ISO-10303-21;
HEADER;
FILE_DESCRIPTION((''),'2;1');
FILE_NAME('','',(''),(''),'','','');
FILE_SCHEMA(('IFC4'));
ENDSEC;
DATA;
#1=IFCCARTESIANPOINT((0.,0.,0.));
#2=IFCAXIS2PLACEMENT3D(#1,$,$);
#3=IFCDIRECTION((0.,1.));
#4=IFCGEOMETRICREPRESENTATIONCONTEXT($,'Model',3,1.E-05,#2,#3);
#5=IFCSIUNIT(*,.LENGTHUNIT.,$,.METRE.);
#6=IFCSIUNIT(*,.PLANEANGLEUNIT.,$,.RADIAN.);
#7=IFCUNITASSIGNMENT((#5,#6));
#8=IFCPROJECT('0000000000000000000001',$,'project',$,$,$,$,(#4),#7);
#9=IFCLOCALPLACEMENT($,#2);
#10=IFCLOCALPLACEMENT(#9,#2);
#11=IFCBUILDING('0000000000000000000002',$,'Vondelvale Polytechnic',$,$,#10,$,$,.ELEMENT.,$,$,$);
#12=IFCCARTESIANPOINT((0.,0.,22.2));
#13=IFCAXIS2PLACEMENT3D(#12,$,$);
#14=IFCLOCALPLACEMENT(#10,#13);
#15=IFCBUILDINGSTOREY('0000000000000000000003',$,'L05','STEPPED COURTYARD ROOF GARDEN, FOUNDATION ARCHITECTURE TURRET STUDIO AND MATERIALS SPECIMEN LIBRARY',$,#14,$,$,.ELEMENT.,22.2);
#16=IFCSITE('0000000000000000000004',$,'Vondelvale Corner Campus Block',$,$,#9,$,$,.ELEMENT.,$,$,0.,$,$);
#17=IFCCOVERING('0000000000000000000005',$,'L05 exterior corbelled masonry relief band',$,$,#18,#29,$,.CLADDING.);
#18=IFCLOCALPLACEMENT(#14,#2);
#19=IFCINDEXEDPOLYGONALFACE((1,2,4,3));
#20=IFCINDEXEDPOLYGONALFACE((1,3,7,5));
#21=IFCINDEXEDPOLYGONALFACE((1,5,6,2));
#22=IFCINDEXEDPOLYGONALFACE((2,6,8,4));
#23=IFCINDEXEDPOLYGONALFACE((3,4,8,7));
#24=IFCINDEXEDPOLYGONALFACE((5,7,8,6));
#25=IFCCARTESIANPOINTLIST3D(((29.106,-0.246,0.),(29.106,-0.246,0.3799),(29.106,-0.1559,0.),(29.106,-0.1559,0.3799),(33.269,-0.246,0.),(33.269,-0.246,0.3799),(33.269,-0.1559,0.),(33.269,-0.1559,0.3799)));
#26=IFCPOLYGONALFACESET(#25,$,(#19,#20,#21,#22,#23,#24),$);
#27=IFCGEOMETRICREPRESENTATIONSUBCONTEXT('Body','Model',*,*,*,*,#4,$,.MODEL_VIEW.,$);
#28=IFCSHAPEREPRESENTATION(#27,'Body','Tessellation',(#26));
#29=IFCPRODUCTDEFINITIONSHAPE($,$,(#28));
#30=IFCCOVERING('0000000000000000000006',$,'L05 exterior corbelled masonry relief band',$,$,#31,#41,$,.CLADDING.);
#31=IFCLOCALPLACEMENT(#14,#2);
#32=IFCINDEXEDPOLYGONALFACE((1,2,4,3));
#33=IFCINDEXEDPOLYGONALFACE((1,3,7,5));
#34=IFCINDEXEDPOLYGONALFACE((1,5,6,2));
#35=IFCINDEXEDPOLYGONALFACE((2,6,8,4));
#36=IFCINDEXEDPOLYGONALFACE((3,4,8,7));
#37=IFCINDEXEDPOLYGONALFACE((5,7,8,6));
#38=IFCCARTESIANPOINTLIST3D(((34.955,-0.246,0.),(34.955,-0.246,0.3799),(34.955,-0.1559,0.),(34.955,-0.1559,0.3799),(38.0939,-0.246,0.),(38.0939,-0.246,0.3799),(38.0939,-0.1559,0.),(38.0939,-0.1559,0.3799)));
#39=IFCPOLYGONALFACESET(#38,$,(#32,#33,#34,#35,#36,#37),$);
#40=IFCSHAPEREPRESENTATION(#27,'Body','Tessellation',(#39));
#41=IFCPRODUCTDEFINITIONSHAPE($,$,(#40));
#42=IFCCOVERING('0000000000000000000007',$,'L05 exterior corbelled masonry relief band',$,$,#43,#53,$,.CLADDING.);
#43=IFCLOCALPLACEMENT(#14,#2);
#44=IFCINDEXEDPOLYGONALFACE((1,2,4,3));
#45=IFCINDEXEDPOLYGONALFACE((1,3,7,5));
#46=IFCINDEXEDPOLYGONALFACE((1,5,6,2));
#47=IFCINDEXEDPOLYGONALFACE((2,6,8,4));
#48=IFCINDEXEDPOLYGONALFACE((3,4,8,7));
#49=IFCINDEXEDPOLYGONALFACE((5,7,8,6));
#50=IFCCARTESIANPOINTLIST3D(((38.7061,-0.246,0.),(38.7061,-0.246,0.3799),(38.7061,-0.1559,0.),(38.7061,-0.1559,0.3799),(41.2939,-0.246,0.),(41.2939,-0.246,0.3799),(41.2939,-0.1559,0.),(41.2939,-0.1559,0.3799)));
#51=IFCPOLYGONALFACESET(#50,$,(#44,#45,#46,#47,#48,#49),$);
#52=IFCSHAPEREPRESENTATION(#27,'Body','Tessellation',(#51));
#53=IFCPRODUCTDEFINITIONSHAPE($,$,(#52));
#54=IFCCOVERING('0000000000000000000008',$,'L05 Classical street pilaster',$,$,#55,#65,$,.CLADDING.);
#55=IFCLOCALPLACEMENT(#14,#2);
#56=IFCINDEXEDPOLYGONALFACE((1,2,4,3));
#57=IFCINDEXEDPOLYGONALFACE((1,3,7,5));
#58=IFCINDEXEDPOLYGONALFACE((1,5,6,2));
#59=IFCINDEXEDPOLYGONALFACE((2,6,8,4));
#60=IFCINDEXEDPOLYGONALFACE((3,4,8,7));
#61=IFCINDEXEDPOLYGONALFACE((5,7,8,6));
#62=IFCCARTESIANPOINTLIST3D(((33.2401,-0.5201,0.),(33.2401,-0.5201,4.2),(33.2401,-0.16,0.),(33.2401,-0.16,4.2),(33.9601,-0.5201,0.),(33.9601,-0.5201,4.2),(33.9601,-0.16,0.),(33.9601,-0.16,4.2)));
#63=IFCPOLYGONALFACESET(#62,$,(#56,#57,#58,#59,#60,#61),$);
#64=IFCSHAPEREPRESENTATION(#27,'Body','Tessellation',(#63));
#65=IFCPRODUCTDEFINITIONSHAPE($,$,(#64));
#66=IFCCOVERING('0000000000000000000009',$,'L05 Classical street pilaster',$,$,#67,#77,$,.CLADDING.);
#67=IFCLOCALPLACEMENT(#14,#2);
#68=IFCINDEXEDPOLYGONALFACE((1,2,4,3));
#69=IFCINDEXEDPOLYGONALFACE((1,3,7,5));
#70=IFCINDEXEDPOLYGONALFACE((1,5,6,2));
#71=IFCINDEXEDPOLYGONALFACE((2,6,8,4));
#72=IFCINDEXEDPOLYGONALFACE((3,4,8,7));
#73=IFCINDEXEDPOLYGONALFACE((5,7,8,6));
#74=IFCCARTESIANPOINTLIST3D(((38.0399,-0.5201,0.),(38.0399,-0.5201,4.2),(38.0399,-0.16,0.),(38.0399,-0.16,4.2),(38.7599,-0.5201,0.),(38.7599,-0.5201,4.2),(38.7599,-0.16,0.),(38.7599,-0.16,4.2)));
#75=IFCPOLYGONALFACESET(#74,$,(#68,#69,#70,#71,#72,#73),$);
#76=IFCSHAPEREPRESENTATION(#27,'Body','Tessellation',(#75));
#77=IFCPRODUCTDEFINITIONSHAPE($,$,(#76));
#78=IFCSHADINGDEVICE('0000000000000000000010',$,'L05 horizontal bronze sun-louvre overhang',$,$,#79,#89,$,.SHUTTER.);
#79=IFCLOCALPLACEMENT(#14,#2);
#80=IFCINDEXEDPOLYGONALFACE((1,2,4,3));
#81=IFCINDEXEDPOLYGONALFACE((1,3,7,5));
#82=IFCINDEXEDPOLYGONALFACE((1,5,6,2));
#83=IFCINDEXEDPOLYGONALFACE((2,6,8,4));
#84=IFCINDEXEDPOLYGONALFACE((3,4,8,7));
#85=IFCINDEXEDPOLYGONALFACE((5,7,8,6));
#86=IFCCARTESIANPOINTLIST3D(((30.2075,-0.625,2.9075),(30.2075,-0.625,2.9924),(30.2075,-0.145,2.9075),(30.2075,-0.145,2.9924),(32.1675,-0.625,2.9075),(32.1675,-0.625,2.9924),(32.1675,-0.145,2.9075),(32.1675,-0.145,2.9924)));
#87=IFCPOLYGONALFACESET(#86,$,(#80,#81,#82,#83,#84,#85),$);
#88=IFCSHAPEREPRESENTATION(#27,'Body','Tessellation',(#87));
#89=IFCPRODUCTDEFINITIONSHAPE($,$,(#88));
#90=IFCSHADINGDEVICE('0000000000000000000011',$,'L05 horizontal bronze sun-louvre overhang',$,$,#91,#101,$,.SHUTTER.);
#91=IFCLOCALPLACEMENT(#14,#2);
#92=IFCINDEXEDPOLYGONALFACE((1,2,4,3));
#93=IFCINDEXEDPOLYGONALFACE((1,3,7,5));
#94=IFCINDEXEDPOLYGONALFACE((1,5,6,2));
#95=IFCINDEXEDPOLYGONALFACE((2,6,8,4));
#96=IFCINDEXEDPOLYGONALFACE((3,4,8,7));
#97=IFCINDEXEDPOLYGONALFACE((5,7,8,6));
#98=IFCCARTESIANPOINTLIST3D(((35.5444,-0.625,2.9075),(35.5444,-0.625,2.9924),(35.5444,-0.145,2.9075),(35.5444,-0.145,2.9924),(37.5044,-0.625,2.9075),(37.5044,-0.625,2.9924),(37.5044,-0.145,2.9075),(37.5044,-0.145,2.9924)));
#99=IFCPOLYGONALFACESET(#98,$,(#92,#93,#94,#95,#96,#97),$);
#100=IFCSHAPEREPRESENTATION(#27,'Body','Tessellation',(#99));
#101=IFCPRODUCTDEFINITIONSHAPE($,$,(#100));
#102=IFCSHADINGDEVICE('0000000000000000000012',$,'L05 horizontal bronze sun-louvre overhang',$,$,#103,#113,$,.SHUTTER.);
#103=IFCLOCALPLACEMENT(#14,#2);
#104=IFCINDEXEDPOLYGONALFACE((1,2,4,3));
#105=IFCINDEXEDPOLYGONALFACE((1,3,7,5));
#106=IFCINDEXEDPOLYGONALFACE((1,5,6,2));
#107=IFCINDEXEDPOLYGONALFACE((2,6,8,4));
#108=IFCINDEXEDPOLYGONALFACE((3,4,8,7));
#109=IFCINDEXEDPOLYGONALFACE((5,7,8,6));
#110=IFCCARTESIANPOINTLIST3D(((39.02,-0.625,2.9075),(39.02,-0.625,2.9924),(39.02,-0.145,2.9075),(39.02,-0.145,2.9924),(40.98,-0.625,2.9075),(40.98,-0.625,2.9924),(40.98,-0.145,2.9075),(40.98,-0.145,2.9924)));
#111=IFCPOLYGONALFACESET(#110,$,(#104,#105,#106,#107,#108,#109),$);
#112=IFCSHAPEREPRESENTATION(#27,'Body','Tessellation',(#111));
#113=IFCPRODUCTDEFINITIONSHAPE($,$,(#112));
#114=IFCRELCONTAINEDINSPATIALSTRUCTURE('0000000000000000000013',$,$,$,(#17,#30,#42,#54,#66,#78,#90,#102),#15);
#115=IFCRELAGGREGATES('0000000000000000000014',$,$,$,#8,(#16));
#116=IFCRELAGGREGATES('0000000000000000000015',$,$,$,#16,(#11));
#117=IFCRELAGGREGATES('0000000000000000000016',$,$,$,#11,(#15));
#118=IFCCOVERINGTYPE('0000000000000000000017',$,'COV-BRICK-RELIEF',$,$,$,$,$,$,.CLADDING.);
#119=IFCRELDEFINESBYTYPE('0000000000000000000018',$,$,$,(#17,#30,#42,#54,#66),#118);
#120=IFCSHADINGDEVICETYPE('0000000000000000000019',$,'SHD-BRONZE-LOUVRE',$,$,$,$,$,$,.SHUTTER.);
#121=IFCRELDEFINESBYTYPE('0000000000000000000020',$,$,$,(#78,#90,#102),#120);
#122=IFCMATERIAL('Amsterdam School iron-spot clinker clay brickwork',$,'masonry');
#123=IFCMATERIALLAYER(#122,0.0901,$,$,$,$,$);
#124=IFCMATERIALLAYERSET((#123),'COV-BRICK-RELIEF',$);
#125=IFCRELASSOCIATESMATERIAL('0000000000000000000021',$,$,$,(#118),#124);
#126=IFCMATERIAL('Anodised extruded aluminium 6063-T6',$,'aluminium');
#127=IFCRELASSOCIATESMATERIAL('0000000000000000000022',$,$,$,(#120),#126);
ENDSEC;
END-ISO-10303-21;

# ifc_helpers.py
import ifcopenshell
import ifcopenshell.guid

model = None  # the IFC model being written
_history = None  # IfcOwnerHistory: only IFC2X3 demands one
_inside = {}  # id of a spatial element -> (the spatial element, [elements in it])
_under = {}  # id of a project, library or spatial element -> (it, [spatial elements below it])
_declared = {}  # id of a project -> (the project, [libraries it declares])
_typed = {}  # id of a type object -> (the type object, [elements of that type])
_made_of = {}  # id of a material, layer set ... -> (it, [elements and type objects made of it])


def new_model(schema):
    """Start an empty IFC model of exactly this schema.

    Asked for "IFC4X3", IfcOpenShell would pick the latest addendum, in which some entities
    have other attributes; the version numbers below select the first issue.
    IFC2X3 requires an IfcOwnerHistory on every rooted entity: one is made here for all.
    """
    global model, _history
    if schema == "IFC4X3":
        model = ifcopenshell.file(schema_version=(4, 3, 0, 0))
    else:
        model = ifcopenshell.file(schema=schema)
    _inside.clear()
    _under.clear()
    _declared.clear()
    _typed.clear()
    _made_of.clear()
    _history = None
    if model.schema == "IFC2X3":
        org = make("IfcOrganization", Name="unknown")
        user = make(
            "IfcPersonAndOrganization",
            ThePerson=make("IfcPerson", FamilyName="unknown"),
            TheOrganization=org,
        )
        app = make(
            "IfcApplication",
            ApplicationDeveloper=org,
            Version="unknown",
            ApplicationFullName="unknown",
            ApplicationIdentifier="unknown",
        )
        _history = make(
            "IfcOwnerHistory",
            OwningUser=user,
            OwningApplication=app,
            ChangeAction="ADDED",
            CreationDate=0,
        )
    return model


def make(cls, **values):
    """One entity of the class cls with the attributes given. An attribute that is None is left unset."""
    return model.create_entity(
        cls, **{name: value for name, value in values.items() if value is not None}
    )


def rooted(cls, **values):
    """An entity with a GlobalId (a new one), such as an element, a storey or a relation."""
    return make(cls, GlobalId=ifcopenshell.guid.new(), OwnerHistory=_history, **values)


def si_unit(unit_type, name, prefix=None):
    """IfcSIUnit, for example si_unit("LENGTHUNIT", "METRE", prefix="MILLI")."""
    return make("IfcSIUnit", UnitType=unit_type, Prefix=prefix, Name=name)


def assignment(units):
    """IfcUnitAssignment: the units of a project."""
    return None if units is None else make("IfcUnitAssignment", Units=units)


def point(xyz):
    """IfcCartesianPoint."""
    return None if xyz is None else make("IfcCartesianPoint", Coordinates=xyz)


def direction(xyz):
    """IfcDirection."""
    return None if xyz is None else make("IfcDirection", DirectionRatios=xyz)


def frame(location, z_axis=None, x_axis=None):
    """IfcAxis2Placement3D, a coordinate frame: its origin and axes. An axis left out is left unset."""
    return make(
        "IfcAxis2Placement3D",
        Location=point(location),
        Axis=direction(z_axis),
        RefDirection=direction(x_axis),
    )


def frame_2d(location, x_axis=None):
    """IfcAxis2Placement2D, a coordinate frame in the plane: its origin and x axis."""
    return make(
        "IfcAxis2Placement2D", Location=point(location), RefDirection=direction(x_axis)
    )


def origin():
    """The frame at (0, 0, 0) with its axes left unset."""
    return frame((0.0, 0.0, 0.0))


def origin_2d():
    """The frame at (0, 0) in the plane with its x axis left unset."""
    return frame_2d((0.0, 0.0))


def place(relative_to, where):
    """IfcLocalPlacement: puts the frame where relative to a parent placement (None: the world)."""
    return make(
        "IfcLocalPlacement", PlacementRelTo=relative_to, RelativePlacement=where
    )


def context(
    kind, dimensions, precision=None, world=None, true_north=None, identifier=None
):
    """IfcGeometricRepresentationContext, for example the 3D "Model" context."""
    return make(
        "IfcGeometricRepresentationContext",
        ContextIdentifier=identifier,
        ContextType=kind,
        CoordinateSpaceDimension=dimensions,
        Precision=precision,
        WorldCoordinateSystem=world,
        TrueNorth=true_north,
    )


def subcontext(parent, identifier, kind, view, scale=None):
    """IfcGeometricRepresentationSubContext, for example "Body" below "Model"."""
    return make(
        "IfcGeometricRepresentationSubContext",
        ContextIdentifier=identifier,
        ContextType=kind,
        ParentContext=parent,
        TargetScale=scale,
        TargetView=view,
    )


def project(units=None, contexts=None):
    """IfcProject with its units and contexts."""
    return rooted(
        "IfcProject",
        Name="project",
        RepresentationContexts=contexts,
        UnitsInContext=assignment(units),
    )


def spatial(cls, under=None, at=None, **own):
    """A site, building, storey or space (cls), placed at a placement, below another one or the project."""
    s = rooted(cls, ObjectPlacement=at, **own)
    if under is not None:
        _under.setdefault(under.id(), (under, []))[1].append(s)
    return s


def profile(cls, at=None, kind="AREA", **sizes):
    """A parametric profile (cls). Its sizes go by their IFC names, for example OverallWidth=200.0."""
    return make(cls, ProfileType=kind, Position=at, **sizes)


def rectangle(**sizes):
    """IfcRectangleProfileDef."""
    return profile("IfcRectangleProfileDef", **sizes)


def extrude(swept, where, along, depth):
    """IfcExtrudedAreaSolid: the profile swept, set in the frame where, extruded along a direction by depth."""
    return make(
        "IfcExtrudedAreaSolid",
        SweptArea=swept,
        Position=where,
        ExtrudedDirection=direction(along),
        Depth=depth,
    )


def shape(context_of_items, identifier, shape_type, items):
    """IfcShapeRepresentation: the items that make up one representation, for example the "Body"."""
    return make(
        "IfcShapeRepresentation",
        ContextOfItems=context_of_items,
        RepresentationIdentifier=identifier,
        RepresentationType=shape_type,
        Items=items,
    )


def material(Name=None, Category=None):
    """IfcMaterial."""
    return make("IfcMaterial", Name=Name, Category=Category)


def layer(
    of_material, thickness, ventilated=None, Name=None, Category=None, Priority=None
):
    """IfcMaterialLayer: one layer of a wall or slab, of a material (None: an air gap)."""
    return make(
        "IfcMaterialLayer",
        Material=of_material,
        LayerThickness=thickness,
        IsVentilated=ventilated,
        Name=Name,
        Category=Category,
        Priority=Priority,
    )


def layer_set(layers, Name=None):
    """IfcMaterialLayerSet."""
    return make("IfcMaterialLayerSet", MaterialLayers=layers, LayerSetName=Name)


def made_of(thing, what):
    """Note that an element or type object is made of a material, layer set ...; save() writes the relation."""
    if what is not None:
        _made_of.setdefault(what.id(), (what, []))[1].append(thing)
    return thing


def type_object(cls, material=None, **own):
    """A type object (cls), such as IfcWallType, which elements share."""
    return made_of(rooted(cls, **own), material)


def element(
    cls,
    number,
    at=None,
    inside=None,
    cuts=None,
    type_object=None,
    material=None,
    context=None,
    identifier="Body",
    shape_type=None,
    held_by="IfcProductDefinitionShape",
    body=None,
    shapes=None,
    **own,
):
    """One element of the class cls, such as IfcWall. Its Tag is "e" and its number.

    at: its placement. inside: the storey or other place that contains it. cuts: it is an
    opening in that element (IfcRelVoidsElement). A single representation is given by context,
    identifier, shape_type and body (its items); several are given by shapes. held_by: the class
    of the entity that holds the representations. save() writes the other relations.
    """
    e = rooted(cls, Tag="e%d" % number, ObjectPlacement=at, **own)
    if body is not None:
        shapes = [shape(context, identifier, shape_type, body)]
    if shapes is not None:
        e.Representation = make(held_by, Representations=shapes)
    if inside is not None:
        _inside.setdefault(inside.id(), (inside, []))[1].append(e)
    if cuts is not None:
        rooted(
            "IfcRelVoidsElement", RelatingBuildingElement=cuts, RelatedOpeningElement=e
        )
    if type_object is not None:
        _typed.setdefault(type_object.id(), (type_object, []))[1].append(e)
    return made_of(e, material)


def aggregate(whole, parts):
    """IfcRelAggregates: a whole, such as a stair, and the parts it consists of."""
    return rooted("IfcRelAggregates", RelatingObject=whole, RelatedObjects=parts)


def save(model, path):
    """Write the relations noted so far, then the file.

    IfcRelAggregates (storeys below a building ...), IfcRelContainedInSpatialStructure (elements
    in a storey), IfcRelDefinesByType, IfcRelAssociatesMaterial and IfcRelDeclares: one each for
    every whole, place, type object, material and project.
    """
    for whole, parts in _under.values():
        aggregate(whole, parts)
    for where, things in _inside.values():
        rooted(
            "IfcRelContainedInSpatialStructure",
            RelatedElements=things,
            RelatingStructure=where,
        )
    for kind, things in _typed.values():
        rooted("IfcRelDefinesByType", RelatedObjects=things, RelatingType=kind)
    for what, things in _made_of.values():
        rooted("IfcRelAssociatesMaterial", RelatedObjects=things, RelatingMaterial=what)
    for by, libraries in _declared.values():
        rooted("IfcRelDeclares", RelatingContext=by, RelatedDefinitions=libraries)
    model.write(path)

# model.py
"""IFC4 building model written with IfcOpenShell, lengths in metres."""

from ifc_helpers import new_model, si_unit, direction, frame, origin, origin_2d, place, context, subcontext, project, spatial, rectangle, extrude, material, layer, layer_set, type_object, element, save


model = new_model("IFC4")

# Units and contexts
model_context = context("Model", 3, precision=1e-05, world=origin(), true_north=direction((0.0, 1.0)))
body_context = subcontext(model_context, "Body", "Model", "MODEL_VIEW")
ifc_project = project(units=[si_unit("LENGTHUNIT", "METRE"), si_unit("PLANEANGLEUNIT", "RADIAN")], contexts=[model_context])

# Site, building, storey
site_placement = place(None, origin())
site = spatial("IfcSite", under=ifc_project, at=site_placement, Name="Vondelvale Corner Campus Block", CompositionType="ELEMENT", RefElevation=0.0)
building_placement = place(site_placement, origin())
building = spatial("IfcBuilding", under=site, at=building_placement, Name="Vondelvale Polytechnic", CompositionType="ELEMENT")
storey_placement = place(building_placement, frame((0.0, 0.0, 22.2)))
storey = spatial("IfcBuildingStorey", under=building, at=storey_placement, Name="L05", Description="STEPPED COURTYARD ROOF GARDEN, FOUNDATION ARCHITECTURE TURRET STUDIO AND MATERIALS SPECIMEN LIBRARY", CompositionType="ELEMENT", Elevation=22.2)

# Shared definitions
ifc_material_1 = material(Name="Amsterdam School iron-spot clinker clay brickwork", Category="masonry")

# Coverings
ifc_layer_1 = layer(ifc_material_1, 0.0901)
ifc_layer_set_1 = layer_set([ifc_layer_1], Name="COV-BRICK-RELIEF")
covering_type = type_object("IfcCoveringType", Name="COV-BRICK-RELIEF", PredefinedType="CLADDING", material=ifc_layer_set_1)
covering_1_placement = place(storey_placement, frame((31.1875, -0.2009, 0.0), z_axis=(0.0, 0.0, 1.0), x_axis=(-1.0, 0.0, 0.0)))
element("IfcCovering", 1, at=covering_1_placement, inside=storey, type_object=covering_type, Name="L05 exterior corbelled masonry relief band", PredefinedType="CLADDING", context=body_context, shape_type="SweptSolid", body=[
    extrude(rectangle(XDim=4.1631, YDim=0.0901, at=origin_2d()), origin(), (0.0, 0.0, 1.0), 0.3799),
])
covering_2_placement = place(storey_placement, frame((36.5244, -0.2009, 0.0), z_axis=(0.0, 0.0, 1.0), x_axis=(-1.0, 0.0, 0.0)))
element("IfcCovering", 2, at=covering_2_placement, inside=storey, type_object=covering_type, Name="L05 exterior corbelled masonry relief band", PredefinedType="CLADDING", context=body_context, shape_type="SweptSolid", body=[
    extrude(rectangle(XDim=3.1389, YDim=0.0901, at=origin_2d()), origin(), (0.0, 0.0, 1.0), 0.3799),
])
covering_3_placement = place(storey_placement, frame((40.0, -0.2009, 0.0), z_axis=(0.0, 0.0, 1.0), x_axis=(-1.0, 0.0, 0.0)))
element("IfcCovering", 3, at=covering_3_placement, inside=storey, type_object=covering_type, Name="L05 exterior corbelled masonry relief band", PredefinedType="CLADDING", context=body_context, shape_type="SweptSolid", body=[
    extrude(rectangle(XDim=2.5879, YDim=0.0901, at=origin_2d()), origin(), (0.0, 0.0, 1.0), 0.3799),
])
for number, where, z_axis, x_axis, name in (
    (4, (33.6001, -0.3401, 0.0), (0.0, 0.0, 1.0), (1.0, 0.0, 0.0), "L05 Classical street pilaster"),
    (5, (38.3999, -0.3401, 0.0), (0.0, 0.0, 1.0), (1.0, 0.0, 0.0), "L05 Classical street pilaster"),
):
    element("IfcCovering", number, at=place(storey_placement, frame(where, z_axis=z_axis, x_axis=x_axis)), inside=storey, type_object=covering_type, Name=name, PredefinedType="CLADDING", context=body_context, shape_type="SweptSolid", body=[
        extrude(rectangle(XDim=0.72, YDim=0.3601, at=origin_2d()), origin(), (0.0, 0.0, 1.0), 4.2),
    ])

# Shading devices
ifc_material_2 = material(Name="Anodised extruded aluminium 6063-T6", Category="aluminium")
shading_device_type = type_object("IfcShadingDeviceType", Name="SHD-BRONZE-LOUVRE", PredefinedType="SHUTTER", material=ifc_material_2)
for number, where, z_axis, x_axis, name in (
    (6, (31.1875, -0.385, 2.9075), (0.0, 0.0, 1.0), (-1.0, 0.0, 0.0), "L05 horizontal bronze sun-louvre overhang"),
    (7, (36.5244, -0.385, 2.9075), (0.0, 0.0, 1.0), (-1.0, 0.0, 0.0), "L05 horizontal bronze sun-louvre overhang"),
    (8, (40.0, -0.385, 2.9075), (0.0, 0.0, 1.0), (-1.0, 0.0, 0.0), "L05 horizontal bronze sun-louvre overhang"),
):
    element("IfcShadingDevice", number, at=place(storey_placement, frame(where, z_axis=z_axis, x_axis=x_axis)), inside=storey, type_object=shading_device_type, Name=name, PredefinedType="SHUTTER", context=body_context, shape_type="SweptSolid", body=[
        extrude(rectangle(XDim=1.96, YDim=0.48, at=origin_2d()), origin(), (0.0, 0.0, 1.0), 0.085),
    ])

save(model, "model.ifc")
